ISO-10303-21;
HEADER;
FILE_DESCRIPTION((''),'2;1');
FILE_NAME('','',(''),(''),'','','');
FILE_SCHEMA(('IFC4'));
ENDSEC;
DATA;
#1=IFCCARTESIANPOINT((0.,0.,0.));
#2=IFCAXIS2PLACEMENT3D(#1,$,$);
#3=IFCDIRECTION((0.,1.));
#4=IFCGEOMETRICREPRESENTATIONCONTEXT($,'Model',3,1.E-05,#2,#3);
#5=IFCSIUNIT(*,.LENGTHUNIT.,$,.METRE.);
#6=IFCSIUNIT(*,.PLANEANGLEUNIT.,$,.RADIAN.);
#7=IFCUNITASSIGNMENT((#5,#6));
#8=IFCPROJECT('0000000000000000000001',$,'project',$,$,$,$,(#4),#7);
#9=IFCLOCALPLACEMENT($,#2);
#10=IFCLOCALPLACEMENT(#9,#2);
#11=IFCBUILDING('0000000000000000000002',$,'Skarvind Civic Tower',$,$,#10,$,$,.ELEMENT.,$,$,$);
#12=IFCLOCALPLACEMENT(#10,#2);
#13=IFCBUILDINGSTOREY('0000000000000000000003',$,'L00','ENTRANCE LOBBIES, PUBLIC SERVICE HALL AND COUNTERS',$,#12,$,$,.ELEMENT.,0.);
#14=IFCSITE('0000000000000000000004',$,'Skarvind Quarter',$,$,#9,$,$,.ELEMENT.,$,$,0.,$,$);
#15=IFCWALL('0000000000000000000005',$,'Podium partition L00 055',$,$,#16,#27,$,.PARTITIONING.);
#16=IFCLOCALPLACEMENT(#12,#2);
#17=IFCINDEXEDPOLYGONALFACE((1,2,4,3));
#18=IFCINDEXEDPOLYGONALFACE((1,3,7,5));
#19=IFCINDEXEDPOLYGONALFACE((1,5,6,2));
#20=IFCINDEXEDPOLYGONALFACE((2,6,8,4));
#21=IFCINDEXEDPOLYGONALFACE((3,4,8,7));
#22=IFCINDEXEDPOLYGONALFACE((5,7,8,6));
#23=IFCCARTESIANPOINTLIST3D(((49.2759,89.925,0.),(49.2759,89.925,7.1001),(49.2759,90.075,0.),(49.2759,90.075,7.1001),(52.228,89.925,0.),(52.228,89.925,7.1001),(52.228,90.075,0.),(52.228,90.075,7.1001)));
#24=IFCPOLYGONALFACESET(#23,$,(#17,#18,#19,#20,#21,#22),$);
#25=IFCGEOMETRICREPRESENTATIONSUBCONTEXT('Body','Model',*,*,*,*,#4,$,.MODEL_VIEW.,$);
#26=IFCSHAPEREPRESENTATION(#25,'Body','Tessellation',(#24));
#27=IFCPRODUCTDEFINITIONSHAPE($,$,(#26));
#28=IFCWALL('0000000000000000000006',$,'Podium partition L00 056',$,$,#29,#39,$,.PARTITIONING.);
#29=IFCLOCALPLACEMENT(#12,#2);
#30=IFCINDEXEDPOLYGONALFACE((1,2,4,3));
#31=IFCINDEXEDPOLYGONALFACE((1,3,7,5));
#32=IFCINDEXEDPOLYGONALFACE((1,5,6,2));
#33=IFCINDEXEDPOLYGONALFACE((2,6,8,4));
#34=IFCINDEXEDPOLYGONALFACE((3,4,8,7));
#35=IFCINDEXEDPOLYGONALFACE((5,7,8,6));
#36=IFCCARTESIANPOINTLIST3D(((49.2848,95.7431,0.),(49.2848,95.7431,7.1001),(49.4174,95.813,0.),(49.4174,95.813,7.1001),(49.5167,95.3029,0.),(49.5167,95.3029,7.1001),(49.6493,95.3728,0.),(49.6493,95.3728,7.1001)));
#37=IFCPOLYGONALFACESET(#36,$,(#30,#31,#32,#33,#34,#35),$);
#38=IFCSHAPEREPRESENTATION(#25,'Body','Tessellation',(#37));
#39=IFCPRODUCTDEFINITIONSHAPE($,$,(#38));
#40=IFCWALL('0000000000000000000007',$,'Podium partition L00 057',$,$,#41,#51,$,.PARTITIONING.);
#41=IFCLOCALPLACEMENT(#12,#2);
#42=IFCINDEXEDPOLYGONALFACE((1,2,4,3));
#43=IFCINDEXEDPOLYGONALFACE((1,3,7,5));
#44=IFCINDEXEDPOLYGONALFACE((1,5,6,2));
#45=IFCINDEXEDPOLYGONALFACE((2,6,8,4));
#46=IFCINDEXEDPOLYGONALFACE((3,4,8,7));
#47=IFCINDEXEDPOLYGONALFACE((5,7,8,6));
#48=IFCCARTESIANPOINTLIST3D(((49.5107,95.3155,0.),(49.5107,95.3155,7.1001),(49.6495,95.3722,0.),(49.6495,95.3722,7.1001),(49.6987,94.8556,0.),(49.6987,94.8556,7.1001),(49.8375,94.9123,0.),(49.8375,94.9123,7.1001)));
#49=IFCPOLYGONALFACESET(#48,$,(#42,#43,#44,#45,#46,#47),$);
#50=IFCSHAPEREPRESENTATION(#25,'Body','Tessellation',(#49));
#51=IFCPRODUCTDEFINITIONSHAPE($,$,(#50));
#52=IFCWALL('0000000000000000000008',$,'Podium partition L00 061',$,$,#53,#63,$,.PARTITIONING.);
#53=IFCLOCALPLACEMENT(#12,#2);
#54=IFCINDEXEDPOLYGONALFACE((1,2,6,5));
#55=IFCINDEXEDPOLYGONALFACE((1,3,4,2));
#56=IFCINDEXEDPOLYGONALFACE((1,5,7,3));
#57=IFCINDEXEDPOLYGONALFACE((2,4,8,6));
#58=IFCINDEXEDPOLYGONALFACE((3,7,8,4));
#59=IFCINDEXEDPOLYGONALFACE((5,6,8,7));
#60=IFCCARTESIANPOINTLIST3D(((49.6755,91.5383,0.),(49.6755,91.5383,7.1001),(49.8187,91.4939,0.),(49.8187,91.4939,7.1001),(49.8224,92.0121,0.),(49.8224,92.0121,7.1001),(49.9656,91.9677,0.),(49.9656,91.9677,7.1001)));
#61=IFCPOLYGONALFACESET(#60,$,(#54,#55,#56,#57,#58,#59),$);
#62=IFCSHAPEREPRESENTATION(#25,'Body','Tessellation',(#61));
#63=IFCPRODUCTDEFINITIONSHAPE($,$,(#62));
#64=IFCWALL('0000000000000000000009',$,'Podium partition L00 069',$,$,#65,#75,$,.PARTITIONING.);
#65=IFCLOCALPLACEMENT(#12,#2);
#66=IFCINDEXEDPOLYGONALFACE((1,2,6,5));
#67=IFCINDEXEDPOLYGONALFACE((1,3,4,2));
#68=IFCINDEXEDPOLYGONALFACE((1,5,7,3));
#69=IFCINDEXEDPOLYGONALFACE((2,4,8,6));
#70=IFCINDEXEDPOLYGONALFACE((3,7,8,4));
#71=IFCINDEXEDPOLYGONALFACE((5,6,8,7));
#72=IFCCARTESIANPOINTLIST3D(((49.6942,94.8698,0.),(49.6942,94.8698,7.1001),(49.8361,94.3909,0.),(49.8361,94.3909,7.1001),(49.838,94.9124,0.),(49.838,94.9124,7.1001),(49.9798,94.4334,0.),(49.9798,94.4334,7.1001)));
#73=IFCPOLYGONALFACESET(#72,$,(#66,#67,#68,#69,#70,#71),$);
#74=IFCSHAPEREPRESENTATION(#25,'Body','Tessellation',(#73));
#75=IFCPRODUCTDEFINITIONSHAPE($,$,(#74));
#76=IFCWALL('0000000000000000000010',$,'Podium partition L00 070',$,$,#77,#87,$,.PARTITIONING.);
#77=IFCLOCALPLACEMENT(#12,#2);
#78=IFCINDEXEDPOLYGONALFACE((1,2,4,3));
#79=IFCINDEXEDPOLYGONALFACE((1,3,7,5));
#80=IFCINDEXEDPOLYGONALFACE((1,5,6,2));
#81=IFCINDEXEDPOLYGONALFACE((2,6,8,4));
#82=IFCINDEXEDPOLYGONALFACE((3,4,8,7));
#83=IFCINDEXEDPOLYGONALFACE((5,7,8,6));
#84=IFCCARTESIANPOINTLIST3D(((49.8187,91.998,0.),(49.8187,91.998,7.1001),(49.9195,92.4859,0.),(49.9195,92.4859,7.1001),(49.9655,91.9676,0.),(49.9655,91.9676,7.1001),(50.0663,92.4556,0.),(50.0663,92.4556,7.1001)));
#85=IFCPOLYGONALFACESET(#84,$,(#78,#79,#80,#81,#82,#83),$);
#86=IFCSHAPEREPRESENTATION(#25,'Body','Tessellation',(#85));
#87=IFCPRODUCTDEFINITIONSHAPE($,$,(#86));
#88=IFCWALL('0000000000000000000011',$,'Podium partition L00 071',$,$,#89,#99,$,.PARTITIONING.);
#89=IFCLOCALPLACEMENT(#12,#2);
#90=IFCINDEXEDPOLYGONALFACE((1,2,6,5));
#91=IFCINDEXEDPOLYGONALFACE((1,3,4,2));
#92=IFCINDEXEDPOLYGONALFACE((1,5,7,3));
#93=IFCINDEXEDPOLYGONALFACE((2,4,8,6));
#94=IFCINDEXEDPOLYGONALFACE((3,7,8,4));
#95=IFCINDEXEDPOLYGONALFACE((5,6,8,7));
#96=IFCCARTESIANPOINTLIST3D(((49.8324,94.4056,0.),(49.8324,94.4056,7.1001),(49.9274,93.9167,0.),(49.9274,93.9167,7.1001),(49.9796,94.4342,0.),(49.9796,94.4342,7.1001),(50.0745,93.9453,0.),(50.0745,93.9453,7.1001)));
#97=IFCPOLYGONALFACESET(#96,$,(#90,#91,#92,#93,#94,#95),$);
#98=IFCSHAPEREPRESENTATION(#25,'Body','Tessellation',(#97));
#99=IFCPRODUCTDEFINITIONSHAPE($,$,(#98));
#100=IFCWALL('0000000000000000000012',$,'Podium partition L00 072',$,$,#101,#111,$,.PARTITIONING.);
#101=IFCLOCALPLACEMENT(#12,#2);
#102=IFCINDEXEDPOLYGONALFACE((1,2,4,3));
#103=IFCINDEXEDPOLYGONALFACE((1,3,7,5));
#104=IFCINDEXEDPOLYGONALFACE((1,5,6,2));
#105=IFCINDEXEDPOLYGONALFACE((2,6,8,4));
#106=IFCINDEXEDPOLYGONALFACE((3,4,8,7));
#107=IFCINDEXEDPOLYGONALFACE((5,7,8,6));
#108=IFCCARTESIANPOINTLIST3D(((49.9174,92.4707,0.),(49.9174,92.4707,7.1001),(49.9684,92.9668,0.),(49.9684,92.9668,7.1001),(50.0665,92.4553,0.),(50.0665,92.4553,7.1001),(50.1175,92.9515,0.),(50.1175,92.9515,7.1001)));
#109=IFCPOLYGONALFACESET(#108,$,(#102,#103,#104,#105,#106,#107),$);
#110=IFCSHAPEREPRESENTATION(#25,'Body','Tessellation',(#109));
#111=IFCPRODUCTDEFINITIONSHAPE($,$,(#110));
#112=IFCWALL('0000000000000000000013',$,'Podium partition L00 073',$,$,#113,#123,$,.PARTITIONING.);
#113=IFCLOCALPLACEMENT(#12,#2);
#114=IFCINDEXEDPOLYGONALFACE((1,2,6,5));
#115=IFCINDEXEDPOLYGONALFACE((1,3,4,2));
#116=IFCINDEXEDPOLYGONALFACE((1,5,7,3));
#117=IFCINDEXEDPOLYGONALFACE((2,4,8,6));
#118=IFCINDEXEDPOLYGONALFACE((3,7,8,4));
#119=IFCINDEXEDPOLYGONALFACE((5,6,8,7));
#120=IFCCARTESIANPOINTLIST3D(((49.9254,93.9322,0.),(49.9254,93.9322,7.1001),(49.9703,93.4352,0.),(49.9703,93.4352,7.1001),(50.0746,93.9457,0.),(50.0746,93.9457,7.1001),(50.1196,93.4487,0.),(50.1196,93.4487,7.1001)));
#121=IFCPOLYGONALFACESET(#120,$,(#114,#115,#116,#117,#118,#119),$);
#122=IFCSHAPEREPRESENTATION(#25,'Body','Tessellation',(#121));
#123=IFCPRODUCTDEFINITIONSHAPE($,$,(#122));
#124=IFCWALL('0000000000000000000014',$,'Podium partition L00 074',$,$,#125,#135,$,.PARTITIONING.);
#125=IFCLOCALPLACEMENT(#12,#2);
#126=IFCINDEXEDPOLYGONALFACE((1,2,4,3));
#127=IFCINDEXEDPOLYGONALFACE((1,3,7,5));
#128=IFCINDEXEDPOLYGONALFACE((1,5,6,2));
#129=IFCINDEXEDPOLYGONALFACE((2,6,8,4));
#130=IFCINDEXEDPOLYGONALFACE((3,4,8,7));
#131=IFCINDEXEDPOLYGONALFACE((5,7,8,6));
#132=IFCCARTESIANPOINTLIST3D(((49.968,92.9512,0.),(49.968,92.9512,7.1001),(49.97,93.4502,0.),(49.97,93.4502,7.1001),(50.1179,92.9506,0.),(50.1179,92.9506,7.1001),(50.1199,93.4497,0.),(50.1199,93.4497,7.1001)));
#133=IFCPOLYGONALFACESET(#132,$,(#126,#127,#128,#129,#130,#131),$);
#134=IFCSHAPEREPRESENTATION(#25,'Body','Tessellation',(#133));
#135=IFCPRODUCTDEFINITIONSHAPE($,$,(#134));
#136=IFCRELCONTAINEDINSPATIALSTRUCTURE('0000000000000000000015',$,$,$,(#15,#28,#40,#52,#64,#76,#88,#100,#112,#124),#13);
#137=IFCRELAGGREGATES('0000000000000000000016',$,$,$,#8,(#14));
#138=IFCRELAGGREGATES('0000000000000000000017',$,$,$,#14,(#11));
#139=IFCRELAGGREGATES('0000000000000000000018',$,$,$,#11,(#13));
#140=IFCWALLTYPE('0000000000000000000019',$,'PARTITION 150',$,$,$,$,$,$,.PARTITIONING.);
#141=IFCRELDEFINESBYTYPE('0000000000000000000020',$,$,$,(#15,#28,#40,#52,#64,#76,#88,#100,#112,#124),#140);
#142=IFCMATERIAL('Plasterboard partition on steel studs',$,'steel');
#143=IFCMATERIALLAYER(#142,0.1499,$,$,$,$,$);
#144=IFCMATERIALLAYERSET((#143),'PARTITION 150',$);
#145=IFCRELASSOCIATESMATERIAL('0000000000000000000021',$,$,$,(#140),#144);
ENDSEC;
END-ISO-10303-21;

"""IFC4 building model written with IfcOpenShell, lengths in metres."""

from ifc_helpers import new_model, si_unit, direction, frame, frame_2d, origin, place, context, subcontext, project, spatial, rectangle, extrude, material, layer, layer_set, type_object, element, save


model = new_model("IFC4")

# Units and contexts
model_context = context("Model", 3, precision=1e-05, world=origin(), true_north=direction((0.0, 1.0)))
body_context = subcontext(model_context, "Body", "Model", "MODEL_VIEW")
ifc_project = project(units=[si_unit("LENGTHUNIT", "METRE"), si_unit("PLANEANGLEUNIT", "RADIAN")], contexts=[model_context])

# Site, building, storey
site_placement = place(None, origin())
site = spatial("IfcSite", under=ifc_project, at=site_placement, Name="Skarvind Quarter", CompositionType="ELEMENT", RefElevation=0.0)
building_placement = place(site_placement, origin())
building = spatial("IfcBuilding", under=site, at=building_placement, Name="Skarvind Civic Tower", CompositionType="ELEMENT")
storey_placement = place(building_placement, origin())
storey = spatial("IfcBuildingStorey", under=building, at=storey_placement, Name="L00", Description="ENTRANCE LOBBIES, PUBLIC SERVICE HALL AND COUNTERS", CompositionType="ELEMENT", Elevation=0.0)

# Shared definitions
ifc_material_1 = material(Name="Plasterboard partition on steel studs", Category="steel")
ifc_layer_1 = layer(ifc_material_1, 0.1499)
ifc_layer_set_1 = layer_set([ifc_layer_1], Name="PARTITION 150")
wall_type_1 = type_object("IfcWallType", Name="PARTITION 150", PredefinedType="PARTITIONING", material=ifc_layer_set_1)

# Walls
wall_1_placement = place(storey_placement, frame((49.2759, 90.0, 0.0), z_axis=(0.0, 0.0, 1.0), x_axis=(1.0, 0.0, 0.0)))
element("IfcWall", 1, at=wall_1_placement, inside=storey, type_object=wall_type_1, Name="Podium partition L00 055", PredefinedType="PARTITIONING", context=body_context, shape_type="SweptSolid", body=[
    extrude(rectangle(XDim=2.9521, YDim=0.1499, at=frame_2d((1.4761, 0.0))), origin(), (0.0, 0.0, 1.0), 7.1001),
])
wall_2_placement = place(storey_placement, frame((49.3511, 95.7781, 0.0), z_axis=(0.0, 0.0, 1.0), x_axis=(0.466151, -0.884705, 0.0)))
element("IfcWall", 2, at=wall_2_placement, inside=storey, type_object=wall_type_1, Name="Podium partition L00 056", PredefinedType="PARTITIONING", context=body_context, shape_type="SweptSolid", body=[
    extrude(rectangle(XDim=0.4976, YDim=0.1499, at=frame_2d((0.2488, 0.0))), origin(), (0.0, 0.0, 1.0), 7.1001),
])
wall_3_placement = place(storey_placement, frame((49.5801, 95.344, 0.0), z_axis=(0.0, 0.0, 1.0), x_axis=(0.378327, -0.925672, 0.0)))
element("IfcWall", 3, at=wall_3_placement, inside=storey, type_object=wall_type_1, Name="Podium partition L00 057", PredefinedType="PARTITIONING", context=body_context, shape_type="SweptSolid", body=[
    extrude(rectangle(XDim=0.4968, YDim=0.1499, at=frame_2d((0.2485, 0.0))), origin(), (0.0, 0.0, 1.0), 7.1001),
])
wall_4_placement = place(storey_placement, frame((49.7471, 91.5161, 0.0), z_axis=(0.0, 0.0, 1.0), x_axis=(0.296229, 0.955117, 0.0)))
element("IfcWall", 4, at=wall_4_placement, inside=storey, type_object=wall_type_1, Name="Podium partition L00 061", PredefinedType="PARTITIONING", context=body_context, shape_type="SweptSolid", body=[
    extrude(rectangle(XDim=0.4961, YDim=0.1499, at=frame_2d((0.248, 0.0))), origin(), (0.0, 0.0, 1.0), 7.1001),
])
wall_5_placement = place(storey_placement, frame((49.7661, 94.8911, 0.0), z_axis=(0.0, 0.0, 1.0), x_axis=(0.283939, -0.958842, 0.0)))
element("IfcWall", 5, at=wall_5_placement, inside=storey, type_object=wall_type_1, Name="Podium partition L00 069", PredefinedType="PARTITIONING", context=body_context, shape_type="SweptSolid", body=[
    extrude(rectangle(XDim=0.4995, YDim=0.1499, at=frame_2d((0.2498, 0.0))), origin(), (0.0, 0.0, 1.0), 7.1001),
])
wall_6_placement = place(storey_placement, frame((49.8921, 91.9829, 0.0), z_axis=(0.0, 0.0, 1.0), x_axis=(0.20233, 0.979317, 0.0)))
element("IfcWall", 6, at=wall_6_placement, inside=storey, type_object=wall_type_1, Name="Podium partition L00 070", PredefinedType="PARTITIONING", context=body_context, shape_type="SweptSolid", body=[
    extrude(rectangle(XDim=0.4983, YDim=0.1499, at=frame_2d((0.249, 0.0))), origin(), (0.0, 0.0, 1.0), 7.1001),
])
wall_7_placement = place(storey_placement, frame((49.906, 94.4199, 0.0), z_axis=(0.0, 0.0, 1.0), x_axis=(0.190647, -0.981659, 0.0)))
element("IfcWall", 7, at=wall_7_placement, inside=storey, type_object=wall_type_1, Name="Podium partition L00 071", PredefinedType="PARTITIONING", context=body_context, shape_type="SweptSolid", body=[
    extrude(rectangle(XDim=0.498, YDim=0.1499, at=frame_2d((0.249, 0.0))), origin(), (0.0, 0.0, 1.0), 7.1001),
])
wall_8_placement = place(storey_placement, frame((49.9919, 92.4629, 0.0), z_axis=(0.0, 0.0, 1.0), x_axis=(0.102315, 0.994752, 0.0)))
element("IfcWall", 8, at=wall_8_placement, inside=storey, type_object=wall_type_1, Name="Podium partition L00 072", PredefinedType="PARTITIONING", context=body_context, shape_type="SweptSolid", body=[
    extrude(rectangle(XDim=0.4988, YDim=0.1499, at=frame_2d((0.2495, 0.0))), origin(), (0.0, 0.0, 1.0), 7.1001),
])
for number, where, z_axis, x_axis, name in (
    (9, (50.0, 93.939, 0.0), (0.0, 0.0, 1.0), (0.090006, -0.995941, 0.0), "Podium partition L00 073"),
    (10, (50.043, 92.9509, 0.0), (0.0, 0.0, 1.0), (0.003914, 0.999992, 0.0), "Podium partition L00 074"),
):
    element("IfcWall", number, at=place(storey_placement, frame(where, z_axis=z_axis, x_axis=x_axis)), inside=storey, type_object=wall_type_1, Name=name, PredefinedType="PARTITIONING", context=body_context, shape_type="SweptSolid", body=[
        extrude(rectangle(XDim=0.499, YDim=0.1499, at=frame_2d((0.2495, 0.0))), origin(), (0.0, 0.0, 1.0), 7.1001),
    ])

save(model, "model.ifc")
